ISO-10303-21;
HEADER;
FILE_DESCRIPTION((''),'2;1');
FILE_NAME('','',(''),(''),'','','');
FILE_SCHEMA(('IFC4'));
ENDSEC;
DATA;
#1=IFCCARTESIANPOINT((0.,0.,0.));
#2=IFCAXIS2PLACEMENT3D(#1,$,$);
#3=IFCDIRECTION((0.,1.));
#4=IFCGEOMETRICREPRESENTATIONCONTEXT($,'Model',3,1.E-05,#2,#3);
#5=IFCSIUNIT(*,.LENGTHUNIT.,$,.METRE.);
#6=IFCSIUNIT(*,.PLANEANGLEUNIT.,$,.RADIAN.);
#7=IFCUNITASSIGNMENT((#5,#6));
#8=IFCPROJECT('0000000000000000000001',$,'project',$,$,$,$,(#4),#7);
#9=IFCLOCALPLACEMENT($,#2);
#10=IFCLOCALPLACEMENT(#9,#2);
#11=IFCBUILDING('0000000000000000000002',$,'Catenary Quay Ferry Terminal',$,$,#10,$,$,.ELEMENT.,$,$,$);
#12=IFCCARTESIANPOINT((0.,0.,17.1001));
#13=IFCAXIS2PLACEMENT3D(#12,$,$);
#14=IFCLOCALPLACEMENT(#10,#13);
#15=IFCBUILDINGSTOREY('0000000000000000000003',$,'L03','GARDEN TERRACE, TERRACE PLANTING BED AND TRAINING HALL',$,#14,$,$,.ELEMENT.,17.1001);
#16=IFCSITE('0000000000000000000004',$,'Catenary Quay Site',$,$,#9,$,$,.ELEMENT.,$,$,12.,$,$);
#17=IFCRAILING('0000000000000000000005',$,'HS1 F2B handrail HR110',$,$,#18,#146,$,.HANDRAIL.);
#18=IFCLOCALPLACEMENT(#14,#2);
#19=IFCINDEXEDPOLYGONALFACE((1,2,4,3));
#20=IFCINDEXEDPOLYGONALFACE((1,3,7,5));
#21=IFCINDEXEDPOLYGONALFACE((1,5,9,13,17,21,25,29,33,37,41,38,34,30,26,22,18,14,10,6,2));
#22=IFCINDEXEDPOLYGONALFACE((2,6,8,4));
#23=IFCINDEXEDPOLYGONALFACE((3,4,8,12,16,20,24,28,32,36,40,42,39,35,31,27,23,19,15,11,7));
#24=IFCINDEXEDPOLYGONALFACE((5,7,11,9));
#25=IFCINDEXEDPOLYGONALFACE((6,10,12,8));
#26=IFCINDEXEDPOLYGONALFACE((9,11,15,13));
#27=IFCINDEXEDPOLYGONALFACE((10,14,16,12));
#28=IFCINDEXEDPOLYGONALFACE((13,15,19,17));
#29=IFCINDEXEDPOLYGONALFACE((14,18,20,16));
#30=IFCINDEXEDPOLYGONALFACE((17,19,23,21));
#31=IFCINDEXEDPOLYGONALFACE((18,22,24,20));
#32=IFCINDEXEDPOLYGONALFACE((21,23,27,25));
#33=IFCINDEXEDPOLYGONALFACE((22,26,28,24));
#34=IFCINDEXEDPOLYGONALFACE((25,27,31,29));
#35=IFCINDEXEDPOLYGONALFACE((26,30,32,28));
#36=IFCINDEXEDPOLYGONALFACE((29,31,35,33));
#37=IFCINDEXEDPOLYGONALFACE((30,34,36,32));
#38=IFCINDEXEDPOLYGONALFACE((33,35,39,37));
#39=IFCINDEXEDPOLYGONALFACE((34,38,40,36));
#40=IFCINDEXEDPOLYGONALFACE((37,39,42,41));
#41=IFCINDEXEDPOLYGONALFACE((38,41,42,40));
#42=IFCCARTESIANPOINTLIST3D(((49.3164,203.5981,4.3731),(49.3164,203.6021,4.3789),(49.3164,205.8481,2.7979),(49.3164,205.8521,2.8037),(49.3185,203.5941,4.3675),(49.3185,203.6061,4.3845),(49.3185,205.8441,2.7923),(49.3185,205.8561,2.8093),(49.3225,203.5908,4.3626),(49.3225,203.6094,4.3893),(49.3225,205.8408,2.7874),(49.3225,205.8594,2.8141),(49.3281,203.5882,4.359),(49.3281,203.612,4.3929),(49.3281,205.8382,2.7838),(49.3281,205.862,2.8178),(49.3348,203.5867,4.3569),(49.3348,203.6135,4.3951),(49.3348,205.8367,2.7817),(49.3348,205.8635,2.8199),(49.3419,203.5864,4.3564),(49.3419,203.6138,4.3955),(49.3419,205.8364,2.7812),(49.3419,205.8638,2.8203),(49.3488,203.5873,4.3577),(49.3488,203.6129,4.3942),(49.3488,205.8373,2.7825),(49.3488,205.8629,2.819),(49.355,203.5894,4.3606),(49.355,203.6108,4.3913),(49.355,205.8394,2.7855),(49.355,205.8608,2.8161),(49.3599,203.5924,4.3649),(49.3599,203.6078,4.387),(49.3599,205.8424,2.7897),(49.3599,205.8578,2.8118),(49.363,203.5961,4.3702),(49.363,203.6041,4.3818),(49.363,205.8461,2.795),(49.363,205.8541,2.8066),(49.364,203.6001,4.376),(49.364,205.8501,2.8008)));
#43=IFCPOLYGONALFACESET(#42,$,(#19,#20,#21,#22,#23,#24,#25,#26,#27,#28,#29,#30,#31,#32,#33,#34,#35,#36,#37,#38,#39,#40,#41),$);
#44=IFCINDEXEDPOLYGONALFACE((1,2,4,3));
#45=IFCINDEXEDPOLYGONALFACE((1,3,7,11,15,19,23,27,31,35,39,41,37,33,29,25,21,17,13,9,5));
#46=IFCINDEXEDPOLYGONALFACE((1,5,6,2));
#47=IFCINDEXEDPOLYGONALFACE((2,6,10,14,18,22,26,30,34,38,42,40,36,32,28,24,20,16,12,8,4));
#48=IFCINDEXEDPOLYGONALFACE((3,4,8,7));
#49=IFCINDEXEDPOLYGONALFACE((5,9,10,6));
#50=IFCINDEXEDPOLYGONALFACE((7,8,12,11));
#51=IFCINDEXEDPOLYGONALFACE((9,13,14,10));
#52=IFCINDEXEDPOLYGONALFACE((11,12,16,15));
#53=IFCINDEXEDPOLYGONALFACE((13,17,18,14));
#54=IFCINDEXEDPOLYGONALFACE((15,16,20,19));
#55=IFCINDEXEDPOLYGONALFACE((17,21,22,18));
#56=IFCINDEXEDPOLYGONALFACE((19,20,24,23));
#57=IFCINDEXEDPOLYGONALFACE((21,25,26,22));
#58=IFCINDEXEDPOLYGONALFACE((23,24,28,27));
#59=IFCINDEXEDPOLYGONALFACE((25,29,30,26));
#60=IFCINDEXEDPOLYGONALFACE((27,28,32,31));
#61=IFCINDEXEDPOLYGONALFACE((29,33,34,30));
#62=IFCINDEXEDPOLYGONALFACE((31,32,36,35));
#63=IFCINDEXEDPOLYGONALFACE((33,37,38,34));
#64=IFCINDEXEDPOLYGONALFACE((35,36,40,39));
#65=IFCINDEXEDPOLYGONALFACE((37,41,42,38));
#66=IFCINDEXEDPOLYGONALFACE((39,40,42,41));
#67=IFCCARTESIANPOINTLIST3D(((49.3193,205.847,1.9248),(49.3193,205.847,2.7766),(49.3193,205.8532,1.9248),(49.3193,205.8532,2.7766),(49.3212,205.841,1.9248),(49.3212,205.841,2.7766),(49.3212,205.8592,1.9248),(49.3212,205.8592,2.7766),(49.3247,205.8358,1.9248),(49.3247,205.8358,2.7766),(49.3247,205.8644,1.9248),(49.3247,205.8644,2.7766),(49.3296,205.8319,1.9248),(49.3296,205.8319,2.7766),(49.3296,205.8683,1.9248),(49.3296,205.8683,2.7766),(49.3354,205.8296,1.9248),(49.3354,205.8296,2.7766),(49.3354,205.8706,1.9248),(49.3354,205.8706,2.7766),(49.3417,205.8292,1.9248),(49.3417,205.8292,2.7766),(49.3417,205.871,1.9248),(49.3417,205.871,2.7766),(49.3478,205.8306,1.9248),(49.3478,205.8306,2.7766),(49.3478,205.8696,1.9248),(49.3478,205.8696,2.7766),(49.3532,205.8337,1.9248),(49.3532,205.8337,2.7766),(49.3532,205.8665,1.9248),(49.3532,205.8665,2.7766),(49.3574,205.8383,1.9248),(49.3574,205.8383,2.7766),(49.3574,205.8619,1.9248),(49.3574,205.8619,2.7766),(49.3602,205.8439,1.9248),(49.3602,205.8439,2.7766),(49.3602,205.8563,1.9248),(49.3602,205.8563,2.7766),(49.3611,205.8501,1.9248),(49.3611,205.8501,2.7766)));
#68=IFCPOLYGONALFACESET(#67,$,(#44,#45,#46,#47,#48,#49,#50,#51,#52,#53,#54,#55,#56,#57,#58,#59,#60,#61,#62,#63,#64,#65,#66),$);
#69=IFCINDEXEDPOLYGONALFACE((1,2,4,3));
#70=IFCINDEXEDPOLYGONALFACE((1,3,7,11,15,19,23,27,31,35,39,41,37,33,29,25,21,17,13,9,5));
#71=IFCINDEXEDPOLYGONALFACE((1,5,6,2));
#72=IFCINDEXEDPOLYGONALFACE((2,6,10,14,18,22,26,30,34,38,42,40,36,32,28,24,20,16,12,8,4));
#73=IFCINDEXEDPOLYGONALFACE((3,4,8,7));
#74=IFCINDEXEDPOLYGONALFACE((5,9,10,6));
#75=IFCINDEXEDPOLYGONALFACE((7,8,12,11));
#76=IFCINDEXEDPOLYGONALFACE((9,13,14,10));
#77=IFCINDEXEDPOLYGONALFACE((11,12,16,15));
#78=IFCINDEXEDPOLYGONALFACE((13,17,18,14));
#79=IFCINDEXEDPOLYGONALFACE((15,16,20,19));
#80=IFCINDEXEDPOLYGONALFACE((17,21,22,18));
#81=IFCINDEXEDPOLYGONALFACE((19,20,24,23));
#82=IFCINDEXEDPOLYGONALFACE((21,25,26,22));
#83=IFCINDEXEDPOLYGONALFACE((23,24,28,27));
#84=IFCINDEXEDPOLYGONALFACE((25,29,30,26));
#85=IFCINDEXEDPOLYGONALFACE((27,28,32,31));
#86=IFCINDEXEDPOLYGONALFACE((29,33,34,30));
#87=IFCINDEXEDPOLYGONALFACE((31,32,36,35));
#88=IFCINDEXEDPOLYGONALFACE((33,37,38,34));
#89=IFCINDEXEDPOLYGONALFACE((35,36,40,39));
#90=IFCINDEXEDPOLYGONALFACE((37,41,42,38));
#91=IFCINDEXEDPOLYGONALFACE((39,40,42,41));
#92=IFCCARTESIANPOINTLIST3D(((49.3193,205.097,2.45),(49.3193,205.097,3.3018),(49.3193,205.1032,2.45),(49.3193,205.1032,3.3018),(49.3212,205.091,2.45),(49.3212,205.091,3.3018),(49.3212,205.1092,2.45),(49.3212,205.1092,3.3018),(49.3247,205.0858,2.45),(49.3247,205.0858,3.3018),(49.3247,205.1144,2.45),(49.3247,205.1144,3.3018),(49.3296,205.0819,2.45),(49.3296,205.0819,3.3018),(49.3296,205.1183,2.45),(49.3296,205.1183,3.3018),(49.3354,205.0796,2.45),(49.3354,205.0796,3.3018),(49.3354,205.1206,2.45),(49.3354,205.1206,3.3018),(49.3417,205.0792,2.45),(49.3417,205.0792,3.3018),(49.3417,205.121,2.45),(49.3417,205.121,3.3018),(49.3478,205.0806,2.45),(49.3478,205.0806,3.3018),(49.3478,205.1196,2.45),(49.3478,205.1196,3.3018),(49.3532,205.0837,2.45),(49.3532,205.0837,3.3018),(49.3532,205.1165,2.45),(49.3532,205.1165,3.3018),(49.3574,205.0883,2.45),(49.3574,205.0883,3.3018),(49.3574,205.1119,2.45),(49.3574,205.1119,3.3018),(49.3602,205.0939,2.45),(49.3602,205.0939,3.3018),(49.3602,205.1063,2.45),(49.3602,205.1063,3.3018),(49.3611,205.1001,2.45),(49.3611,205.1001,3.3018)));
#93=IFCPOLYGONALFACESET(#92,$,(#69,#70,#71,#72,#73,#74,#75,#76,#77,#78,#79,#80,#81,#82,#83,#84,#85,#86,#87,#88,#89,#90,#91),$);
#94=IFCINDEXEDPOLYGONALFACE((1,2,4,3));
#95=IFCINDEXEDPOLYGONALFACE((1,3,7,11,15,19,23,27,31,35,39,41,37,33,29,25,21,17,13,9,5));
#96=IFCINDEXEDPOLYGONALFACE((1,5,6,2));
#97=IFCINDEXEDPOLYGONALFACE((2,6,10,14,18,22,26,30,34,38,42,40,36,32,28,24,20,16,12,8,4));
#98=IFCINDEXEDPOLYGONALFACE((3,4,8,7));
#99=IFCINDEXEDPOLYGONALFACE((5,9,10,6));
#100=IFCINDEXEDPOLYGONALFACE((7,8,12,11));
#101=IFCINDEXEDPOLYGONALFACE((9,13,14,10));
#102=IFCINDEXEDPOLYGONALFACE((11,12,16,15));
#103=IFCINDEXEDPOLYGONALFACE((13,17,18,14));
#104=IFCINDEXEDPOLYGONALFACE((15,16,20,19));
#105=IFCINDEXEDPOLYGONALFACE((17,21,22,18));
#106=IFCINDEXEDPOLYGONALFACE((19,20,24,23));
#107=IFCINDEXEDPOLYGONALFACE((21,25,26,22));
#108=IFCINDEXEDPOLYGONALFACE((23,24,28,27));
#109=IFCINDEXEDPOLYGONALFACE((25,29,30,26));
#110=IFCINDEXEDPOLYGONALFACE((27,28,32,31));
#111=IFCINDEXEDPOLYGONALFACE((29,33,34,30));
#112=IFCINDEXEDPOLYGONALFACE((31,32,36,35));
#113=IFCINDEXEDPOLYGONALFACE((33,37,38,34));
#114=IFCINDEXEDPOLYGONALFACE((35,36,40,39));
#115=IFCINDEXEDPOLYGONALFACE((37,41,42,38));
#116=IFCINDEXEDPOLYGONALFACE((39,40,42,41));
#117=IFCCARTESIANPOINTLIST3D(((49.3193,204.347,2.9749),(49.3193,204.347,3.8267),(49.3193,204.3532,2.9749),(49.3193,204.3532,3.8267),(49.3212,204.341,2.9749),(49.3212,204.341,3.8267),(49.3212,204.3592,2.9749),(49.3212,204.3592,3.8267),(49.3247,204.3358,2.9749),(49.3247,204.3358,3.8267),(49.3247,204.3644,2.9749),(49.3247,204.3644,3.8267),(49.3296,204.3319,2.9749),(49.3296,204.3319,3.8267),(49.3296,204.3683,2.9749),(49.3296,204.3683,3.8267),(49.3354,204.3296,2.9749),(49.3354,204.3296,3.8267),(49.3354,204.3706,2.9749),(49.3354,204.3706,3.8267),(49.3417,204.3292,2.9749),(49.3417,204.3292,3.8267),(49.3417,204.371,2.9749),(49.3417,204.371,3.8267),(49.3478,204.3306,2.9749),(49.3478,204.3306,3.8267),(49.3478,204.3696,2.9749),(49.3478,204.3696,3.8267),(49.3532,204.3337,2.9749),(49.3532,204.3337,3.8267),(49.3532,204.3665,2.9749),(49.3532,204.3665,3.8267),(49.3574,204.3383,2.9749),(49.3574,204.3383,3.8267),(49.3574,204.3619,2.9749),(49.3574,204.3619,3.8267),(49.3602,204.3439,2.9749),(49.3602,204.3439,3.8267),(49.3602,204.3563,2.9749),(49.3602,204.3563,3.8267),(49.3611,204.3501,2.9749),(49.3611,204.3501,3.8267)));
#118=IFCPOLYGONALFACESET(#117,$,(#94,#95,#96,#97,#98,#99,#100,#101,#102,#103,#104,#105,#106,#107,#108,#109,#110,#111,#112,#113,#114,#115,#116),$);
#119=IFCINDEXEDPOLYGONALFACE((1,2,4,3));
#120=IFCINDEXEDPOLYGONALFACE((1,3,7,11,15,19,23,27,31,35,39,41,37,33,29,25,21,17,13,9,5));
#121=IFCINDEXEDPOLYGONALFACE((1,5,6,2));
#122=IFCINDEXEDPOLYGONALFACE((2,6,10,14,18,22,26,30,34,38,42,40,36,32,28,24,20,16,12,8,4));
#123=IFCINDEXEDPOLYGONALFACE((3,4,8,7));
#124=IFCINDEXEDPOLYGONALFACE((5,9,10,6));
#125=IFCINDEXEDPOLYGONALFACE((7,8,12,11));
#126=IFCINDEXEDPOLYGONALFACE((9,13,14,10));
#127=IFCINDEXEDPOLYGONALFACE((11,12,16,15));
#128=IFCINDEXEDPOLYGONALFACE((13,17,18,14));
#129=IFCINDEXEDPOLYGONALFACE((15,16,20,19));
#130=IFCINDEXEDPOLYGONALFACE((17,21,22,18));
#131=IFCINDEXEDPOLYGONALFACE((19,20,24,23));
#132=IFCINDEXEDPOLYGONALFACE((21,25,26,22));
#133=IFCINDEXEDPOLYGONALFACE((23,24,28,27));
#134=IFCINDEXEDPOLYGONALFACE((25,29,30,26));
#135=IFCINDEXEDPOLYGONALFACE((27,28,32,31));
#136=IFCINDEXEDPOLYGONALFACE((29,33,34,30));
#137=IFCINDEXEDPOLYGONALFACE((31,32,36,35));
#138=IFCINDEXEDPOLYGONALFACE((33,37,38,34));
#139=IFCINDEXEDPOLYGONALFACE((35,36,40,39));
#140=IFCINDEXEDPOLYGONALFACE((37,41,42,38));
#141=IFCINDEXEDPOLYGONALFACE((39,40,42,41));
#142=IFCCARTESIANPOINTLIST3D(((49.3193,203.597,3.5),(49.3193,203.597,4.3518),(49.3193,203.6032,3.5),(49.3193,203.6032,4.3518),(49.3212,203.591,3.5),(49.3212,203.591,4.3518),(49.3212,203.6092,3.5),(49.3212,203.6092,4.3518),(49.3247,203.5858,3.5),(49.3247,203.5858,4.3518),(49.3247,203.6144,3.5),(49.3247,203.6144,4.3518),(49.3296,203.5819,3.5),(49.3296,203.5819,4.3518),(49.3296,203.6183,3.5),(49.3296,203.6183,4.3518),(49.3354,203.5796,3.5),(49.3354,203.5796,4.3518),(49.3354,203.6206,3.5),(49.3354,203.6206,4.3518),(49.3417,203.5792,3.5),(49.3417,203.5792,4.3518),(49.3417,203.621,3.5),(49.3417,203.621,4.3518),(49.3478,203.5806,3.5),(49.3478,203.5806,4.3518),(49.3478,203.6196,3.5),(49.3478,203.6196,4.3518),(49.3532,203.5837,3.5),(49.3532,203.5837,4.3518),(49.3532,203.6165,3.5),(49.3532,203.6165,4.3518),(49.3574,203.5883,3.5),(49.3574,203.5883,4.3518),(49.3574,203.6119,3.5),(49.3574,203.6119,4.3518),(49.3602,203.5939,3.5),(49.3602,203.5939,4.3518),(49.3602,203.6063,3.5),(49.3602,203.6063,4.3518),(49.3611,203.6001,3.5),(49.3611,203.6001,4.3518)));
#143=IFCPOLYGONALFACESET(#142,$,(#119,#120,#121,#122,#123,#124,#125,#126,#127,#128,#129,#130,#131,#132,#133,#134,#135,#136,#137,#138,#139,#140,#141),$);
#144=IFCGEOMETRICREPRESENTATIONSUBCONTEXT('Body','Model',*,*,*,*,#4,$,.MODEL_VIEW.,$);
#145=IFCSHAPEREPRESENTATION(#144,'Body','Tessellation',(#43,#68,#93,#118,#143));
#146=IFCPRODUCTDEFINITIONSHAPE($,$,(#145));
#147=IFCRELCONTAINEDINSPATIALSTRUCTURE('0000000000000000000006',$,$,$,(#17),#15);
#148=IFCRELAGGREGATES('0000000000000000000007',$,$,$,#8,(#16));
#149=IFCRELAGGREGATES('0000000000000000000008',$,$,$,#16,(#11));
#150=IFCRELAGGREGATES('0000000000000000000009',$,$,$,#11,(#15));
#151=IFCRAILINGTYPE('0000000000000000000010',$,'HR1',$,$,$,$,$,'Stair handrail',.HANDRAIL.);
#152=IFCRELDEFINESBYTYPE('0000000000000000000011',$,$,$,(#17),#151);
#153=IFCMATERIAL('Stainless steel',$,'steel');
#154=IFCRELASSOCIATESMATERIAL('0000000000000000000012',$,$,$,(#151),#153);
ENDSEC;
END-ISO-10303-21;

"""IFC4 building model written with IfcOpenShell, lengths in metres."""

from ifc_helpers import new_model, si_unit, direction, frame, origin, origin_2d, place, context, subcontext, project, spatial, circle, extrude, material, type_object, element, save


model = new_model("IFC4")

# Units and contexts
model_context = context("Model", 3, precision=1e-05, world=origin(), true_north=direction((0.0, 1.0)))
body_context = subcontext(model_context, "Body", "Model", "MODEL_VIEW")
ifc_project = project(units=[si_unit("LENGTHUNIT", "METRE"), si_unit("PLANEANGLEUNIT", "RADIAN")], contexts=[model_context])

# Site, building, storey
site_placement = place(None, origin())
site = spatial("IfcSite", under=ifc_project, at=site_placement, Name="Catenary Quay Site", CompositionType="ELEMENT", RefElevation=12.0)
building_placement = place(site_placement, origin())
building = spatial("IfcBuilding", under=site, at=building_placement, Name="Catenary Quay Ferry Terminal", CompositionType="ELEMENT")
storey_placement = place(building_placement, frame((0.0, 0.0, 17.1001)))
storey = spatial("IfcBuildingStorey", under=building, at=storey_placement, Name="L03", Description="GARDEN TERRACE, TERRACE PLANTING BED AND TRAINING HALL", CompositionType="ELEMENT", Elevation=17.1001)

# Railing
ifc_material_1 = material(Name="Stainless steel", Category="steel")
railing_type_1 = type_object("IfcRailingType", Name="HR1", ElementType="Stair handrail", PredefinedType="HANDRAIL", material=ifc_material_1)
for number, where, name in (
    (1, (49.3401, 205.8501, 1.9248), "HS1 F2B handrail HR110"),
):
    element("IfcRailing", number, at=place(storey_placement, frame(where)), inside=storey, type_object=railing_type_1, Name=name, PredefinedType="HANDRAIL", context=body_context, shape_type="SweptSolid", body=[
        extrude(circle(Radius=0.0239, at=origin_2d()), frame((0.0, 0.0, 0.876), z_axis=(0.0, -0.819199, 0.57351), x_axis=(1.0, 0.0, 0.0)), (0.0, 0.0, 1.0), 2.7466),
        extrude(circle(Radius=0.021, at=origin_2d()), origin(), (0.0, 0.0, 1.0), 0.8518),
        extrude(circle(Radius=0.021, at=origin_2d()), frame((0.0, -0.75, 0.5251)), (0.0, 0.0, 1.0), 0.8518),
        extrude(circle(Radius=0.021, at=origin_2d()), frame((0.0, -1.5, 1.05)), (0.0, 0.0, 1.0), 0.8518),
        extrude(circle(Radius=0.021, at=origin_2d()), frame((0.0, -2.25, 1.5752)), (0.0, 0.0, 1.0), 0.8518),
    ])

save(model, "model.ifc")
